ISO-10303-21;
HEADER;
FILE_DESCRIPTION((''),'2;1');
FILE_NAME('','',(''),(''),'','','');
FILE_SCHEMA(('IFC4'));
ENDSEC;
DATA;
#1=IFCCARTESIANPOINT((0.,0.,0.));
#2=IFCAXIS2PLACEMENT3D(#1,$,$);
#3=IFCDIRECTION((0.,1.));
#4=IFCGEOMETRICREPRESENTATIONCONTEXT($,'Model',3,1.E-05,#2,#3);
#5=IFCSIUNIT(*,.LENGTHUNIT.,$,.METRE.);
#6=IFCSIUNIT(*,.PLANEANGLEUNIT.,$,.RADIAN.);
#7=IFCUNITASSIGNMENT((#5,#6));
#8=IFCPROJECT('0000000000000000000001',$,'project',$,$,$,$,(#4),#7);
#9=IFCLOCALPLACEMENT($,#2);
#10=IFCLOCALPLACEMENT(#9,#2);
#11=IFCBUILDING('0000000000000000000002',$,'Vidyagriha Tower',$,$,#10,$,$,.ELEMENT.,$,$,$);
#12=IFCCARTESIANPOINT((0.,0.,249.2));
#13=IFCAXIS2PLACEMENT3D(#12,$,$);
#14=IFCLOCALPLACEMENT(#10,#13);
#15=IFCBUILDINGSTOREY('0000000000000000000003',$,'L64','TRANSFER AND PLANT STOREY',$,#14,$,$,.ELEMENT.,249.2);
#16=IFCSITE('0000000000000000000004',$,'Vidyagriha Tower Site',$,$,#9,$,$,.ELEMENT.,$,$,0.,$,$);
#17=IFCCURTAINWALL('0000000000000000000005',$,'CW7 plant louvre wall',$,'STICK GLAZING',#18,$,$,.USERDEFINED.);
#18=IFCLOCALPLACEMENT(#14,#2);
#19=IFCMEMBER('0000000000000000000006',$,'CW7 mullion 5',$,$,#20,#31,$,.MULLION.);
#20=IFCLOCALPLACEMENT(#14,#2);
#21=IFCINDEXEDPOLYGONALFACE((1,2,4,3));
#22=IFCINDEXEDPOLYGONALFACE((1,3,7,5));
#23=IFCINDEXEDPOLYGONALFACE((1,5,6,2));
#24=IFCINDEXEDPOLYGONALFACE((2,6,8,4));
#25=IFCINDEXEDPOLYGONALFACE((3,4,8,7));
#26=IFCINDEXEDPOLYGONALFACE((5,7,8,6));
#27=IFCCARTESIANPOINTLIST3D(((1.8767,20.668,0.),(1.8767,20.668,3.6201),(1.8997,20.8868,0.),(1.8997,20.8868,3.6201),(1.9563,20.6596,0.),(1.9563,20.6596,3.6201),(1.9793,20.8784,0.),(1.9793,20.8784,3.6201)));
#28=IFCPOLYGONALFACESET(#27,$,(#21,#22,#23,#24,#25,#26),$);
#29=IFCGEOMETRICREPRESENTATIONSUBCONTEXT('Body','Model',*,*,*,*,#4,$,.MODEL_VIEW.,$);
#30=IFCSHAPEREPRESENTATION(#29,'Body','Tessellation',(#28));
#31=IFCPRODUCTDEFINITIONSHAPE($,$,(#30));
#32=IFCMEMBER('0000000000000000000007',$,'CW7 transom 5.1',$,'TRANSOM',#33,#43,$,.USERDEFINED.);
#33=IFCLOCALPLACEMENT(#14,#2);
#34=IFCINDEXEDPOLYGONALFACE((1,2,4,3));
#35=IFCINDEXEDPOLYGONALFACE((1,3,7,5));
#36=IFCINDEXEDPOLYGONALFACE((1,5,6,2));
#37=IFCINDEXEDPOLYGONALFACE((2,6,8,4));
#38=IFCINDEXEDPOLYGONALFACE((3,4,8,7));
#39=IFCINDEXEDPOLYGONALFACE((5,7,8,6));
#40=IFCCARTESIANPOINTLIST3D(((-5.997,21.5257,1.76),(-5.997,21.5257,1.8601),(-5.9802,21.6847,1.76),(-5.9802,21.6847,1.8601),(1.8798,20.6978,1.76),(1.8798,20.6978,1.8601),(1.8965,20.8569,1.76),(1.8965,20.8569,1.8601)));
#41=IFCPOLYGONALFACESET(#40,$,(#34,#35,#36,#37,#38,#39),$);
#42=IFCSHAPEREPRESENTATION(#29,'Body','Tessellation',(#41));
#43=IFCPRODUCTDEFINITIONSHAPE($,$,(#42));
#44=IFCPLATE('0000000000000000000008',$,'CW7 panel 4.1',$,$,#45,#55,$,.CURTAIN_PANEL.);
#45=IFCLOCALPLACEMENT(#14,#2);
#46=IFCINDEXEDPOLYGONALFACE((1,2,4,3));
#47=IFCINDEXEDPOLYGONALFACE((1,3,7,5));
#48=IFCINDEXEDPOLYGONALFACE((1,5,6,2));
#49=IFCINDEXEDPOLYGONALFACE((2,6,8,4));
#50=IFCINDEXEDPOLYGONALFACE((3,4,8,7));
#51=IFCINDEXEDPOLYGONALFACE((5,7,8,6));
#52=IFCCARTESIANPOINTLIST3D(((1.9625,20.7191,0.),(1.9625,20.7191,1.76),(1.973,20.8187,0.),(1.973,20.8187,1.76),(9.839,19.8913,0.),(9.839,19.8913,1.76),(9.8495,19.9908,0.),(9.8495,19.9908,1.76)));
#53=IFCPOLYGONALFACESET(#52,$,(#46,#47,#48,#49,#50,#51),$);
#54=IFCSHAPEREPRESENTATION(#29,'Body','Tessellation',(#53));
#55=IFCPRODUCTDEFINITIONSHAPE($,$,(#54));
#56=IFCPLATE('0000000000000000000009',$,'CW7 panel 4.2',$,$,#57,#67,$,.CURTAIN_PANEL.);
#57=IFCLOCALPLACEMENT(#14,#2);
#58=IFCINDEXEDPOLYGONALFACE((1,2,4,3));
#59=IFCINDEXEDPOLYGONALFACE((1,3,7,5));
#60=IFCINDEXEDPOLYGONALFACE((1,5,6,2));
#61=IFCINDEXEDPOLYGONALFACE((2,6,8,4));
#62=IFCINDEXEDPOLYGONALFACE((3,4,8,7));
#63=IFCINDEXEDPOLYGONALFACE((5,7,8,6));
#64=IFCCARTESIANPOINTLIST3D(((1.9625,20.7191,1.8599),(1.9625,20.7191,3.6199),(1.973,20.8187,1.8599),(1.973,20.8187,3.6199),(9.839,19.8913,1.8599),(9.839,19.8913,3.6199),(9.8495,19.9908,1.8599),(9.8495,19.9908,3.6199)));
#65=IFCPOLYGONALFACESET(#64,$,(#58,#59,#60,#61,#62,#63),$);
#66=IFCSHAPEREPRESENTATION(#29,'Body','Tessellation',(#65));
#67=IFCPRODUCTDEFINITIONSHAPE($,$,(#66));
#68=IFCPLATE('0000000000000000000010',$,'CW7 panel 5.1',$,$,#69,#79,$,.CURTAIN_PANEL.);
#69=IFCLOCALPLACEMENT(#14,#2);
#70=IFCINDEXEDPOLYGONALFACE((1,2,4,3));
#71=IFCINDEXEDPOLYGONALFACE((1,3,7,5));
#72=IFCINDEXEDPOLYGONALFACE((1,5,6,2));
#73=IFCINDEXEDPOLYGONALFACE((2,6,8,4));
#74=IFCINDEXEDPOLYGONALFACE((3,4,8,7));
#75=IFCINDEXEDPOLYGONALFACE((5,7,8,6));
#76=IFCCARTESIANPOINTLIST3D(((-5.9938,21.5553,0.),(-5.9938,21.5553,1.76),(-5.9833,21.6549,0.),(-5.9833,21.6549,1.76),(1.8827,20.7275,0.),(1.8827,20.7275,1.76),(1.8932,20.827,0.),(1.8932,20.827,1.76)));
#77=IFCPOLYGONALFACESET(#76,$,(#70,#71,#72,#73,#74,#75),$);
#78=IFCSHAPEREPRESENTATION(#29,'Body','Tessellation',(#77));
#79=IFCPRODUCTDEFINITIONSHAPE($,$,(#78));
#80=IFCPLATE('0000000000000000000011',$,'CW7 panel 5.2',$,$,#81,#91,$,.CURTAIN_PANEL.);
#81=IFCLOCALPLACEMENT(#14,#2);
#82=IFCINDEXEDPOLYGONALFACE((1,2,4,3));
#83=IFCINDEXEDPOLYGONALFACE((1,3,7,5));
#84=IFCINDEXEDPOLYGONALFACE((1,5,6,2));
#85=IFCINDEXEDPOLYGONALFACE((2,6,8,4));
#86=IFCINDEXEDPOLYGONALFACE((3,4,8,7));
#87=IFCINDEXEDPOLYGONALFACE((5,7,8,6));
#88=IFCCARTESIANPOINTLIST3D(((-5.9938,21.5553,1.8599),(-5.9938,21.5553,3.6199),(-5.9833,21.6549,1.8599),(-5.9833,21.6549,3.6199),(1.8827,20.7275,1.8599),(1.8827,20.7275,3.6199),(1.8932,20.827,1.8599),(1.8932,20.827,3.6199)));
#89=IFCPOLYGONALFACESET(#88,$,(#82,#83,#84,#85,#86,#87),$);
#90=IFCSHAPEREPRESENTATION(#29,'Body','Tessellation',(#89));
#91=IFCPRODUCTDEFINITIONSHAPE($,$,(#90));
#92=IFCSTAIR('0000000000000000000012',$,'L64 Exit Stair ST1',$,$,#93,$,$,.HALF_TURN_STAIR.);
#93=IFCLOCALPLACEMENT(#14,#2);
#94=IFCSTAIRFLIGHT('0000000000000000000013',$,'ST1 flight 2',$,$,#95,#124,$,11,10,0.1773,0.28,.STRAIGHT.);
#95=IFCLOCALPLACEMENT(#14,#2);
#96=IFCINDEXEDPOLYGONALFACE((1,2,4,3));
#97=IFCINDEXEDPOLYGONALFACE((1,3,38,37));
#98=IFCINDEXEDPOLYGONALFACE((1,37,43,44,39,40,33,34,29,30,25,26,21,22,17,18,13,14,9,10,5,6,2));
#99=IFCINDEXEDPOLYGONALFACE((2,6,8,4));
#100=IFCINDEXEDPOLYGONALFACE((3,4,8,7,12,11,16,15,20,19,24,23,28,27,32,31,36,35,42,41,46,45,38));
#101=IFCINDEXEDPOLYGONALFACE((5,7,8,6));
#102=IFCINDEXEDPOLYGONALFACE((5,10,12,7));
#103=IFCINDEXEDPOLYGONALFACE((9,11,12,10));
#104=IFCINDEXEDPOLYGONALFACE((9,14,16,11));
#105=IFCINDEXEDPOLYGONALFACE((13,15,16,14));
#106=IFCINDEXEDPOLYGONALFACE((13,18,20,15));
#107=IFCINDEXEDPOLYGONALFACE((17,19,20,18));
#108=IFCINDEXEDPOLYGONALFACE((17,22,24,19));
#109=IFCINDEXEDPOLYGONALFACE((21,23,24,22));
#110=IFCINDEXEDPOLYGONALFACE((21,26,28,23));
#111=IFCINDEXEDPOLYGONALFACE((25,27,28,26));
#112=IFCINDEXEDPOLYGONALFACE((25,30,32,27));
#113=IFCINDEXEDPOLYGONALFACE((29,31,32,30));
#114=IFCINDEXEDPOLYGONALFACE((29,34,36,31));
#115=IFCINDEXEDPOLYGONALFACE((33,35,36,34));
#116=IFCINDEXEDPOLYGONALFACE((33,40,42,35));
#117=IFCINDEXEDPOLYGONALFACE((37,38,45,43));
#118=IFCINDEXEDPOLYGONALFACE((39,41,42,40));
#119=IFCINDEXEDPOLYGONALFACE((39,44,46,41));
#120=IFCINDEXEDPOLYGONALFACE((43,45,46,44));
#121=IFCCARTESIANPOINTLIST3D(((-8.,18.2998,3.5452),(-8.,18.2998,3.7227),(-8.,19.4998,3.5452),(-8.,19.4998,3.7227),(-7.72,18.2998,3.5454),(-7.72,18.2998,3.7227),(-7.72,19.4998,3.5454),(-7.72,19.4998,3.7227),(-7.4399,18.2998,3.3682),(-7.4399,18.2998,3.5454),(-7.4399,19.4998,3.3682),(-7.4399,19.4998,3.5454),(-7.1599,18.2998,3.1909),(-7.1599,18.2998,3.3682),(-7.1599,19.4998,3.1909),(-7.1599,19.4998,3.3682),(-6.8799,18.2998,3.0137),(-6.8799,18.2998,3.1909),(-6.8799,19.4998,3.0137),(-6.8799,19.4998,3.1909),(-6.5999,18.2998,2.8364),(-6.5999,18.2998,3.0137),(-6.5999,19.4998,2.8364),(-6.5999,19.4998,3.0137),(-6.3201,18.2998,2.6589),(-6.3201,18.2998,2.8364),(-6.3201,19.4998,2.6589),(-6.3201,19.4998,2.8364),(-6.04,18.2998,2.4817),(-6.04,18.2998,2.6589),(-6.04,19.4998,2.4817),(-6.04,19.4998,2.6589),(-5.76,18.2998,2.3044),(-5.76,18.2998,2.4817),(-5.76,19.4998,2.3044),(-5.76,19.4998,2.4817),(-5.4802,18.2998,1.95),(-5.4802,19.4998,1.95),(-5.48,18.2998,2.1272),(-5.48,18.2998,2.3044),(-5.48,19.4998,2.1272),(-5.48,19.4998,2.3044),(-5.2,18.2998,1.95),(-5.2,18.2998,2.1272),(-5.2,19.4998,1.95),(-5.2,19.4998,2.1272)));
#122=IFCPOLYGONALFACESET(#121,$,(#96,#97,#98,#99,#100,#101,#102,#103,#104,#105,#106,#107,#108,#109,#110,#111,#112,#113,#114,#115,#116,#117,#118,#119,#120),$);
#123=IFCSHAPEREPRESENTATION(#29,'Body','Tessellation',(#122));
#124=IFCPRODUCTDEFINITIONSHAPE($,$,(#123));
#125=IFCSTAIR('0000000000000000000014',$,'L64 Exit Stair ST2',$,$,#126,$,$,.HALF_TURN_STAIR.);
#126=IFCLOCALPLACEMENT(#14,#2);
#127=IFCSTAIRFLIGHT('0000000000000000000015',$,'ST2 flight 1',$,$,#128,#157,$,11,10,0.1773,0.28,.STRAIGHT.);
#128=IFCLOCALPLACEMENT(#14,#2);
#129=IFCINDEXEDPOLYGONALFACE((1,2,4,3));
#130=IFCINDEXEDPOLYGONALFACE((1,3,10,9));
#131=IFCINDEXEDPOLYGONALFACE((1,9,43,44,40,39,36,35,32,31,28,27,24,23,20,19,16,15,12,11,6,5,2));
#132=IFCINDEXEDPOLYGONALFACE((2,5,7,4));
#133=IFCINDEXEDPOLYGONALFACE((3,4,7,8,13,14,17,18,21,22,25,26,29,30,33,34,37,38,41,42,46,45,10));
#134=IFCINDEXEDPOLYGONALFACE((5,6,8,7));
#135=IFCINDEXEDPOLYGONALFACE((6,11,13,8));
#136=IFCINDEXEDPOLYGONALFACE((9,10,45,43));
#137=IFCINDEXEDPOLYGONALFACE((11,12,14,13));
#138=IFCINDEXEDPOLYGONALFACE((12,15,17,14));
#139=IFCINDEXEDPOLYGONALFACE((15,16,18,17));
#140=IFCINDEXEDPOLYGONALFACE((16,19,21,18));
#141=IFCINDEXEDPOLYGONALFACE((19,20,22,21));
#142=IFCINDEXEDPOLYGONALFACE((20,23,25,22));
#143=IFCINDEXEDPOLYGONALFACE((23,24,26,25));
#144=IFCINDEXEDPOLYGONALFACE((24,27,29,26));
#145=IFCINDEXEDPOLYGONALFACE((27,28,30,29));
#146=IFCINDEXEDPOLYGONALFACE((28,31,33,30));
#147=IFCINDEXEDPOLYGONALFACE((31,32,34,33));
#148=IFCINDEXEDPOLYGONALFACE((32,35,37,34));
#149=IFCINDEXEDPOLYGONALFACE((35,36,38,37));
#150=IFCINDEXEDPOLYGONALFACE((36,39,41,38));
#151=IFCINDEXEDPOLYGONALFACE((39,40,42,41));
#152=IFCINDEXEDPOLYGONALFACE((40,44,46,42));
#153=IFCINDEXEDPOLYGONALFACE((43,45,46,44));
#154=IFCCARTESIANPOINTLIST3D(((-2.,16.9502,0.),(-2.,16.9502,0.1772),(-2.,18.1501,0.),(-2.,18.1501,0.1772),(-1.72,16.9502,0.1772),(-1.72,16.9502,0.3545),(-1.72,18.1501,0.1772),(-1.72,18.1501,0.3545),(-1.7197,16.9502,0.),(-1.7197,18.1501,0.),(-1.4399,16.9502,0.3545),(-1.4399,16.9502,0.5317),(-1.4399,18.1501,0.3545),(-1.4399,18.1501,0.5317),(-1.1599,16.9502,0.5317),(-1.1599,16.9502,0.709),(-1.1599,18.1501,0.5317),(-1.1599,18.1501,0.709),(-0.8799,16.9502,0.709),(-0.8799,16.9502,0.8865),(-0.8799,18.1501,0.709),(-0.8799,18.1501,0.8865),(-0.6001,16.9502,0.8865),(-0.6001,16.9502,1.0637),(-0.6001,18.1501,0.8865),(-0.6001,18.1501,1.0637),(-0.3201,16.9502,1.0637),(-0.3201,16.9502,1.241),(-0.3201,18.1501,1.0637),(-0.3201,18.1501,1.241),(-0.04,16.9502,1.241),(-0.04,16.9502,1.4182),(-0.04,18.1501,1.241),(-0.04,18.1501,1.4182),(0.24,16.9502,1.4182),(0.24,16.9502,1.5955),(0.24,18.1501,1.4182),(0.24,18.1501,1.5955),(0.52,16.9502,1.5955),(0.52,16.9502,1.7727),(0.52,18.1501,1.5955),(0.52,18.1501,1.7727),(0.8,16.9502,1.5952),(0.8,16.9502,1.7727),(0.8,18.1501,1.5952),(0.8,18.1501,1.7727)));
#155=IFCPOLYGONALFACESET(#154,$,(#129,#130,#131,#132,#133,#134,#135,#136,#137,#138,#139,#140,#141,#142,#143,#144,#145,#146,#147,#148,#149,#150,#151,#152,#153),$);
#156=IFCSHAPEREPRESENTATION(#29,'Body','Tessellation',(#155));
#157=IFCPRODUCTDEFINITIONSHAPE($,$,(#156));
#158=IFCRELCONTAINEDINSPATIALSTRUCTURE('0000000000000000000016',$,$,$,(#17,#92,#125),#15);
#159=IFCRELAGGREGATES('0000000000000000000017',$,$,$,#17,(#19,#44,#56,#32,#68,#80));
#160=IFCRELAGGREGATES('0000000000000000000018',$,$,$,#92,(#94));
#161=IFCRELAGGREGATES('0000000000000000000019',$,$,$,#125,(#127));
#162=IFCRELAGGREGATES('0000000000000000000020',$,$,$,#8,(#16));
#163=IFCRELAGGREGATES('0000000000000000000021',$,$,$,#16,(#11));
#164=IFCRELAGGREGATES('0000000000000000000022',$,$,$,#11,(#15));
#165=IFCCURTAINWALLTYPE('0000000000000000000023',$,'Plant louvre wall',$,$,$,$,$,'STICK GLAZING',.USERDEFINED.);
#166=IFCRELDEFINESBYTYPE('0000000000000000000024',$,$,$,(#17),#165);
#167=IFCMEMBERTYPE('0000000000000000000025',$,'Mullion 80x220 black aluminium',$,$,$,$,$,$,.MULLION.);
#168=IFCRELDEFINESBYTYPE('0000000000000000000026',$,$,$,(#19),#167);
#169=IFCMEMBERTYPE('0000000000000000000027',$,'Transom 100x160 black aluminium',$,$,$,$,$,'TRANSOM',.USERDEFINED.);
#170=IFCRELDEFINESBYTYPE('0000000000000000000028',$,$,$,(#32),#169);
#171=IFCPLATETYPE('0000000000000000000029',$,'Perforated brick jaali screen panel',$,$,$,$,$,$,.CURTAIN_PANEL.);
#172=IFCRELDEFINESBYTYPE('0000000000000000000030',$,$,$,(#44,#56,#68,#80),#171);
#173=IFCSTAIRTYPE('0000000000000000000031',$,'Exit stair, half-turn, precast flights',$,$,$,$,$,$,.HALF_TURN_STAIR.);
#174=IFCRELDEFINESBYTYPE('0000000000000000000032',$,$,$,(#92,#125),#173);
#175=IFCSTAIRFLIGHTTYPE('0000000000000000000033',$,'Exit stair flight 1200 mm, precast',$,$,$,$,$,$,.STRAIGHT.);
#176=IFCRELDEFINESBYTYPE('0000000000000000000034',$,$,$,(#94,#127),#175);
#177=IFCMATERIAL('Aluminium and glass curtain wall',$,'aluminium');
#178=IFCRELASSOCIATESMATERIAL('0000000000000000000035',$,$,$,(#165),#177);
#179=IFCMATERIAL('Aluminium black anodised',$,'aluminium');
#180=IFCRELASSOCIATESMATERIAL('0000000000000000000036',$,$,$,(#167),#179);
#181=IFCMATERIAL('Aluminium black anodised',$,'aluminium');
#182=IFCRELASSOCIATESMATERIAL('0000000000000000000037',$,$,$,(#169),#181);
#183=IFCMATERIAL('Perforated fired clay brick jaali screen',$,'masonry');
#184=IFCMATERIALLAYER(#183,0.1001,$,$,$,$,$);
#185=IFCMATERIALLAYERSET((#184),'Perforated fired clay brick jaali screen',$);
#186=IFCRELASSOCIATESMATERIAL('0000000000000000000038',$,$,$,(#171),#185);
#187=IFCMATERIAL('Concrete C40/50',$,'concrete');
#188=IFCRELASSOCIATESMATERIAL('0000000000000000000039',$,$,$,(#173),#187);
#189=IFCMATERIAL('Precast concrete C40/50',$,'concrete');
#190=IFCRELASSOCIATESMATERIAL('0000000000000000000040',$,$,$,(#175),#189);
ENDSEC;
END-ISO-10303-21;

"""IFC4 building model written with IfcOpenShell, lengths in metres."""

from ifc_helpers import new_model, si_unit, direction, frame, origin, origin_2d, place, context, subcontext, project, spatial, polyline, rectangle, outline, extrude, material, layer, layer_set, material_profile, profile_set, type_object, element, aggregate, save


model = new_model("IFC4")

# Units and contexts
model_context = context("Model", 3, precision=1e-05, world=origin(), true_north=direction((0.0, 1.0)))
body_context = subcontext(model_context, "Body", "Model", "MODEL_VIEW")
ifc_project = project(units=[si_unit("LENGTHUNIT", "METRE"), si_unit("PLANEANGLEUNIT", "RADIAN")], contexts=[model_context])

# Site, building, storey
site_placement = place(None, origin())
site = spatial("IfcSite", under=ifc_project, at=site_placement, Name="Vidyagriha Tower Site", CompositionType="ELEMENT", RefElevation=0.0)
building_placement = place(site_placement, origin())
building = spatial("IfcBuilding", under=site, at=building_placement, Name="Vidyagriha Tower", CompositionType="ELEMENT")
storey_placement = place(building_placement, frame((0.0, 0.0, 249.2)))
storey = spatial("IfcBuildingStorey", under=building, at=storey_placement, Name="L64", Description="TRANSFER AND PLANT STOREY", CompositionType="ELEMENT", Elevation=249.2)

# Curtain wall, members, plates
ifc_material_1 = material(Name="Aluminium and glass curtain wall", Category="aluminium")
curtain_wall_type = type_object("IfcCurtainWallType", Name="Plant louvre wall", ElementType="STICK GLAZING", PredefinedType="USERDEFINED", material=ifc_material_1)
curtain_wall_placement = place(storey_placement, origin())
curtain_wall = element("IfcCurtainWall", 1, at=curtain_wall_placement, inside=storey, type_object=curtain_wall_type, Name="CW7 plant louvre wall", ObjectType="STICK GLAZING", PredefinedType="USERDEFINED")
ifc_material_2 = material(Name="Aluminium black anodised", Category="aluminium")
ifc_material_profile_1 = material_profile(ifc_material_2, rectangle(XDim=0.22, YDim=0.0801, at=origin_2d()), Name="Mullion 80x220 black aluminium")
ifc_profile_set_1 = profile_set([ifc_material_profile_1], Name="Aluminium black anodised")
member_type_1 = type_object("IfcMemberType", Name="Mullion 80x220 black aluminium", PredefinedType="MULLION", material=ifc_profile_set_1)
member_1_placement = place(storey_placement, frame((1.928, 20.7732, 0.0), z_axis=(0.0, 0.0, 1.0), x_axis=(-0.104529, -0.994522, 0.0)))
member_1 = element("IfcMember", 2, at=member_1_placement, type_object=member_type_1, Name="CW7 mullion 5", PredefinedType="MULLION", context=body_context, shape_type="SweptSolid", body=[
    extrude(rectangle(XDim=0.22, YDim=0.0801, at=origin_2d()), origin(), (0.0, 0.0, 1.0), 3.6201),
])
ifc_material_3 = material(Name="Aluminium black anodised", Category="aluminium")
ifc_material_profile_2 = material_profile(ifc_material_3, rectangle(XDim=0.1599, YDim=0.1001, at=origin_2d()), Name="Transom 100x160 black aluminium")
ifc_profile_set_2 = profile_set([ifc_material_profile_2], Name="Aluminium black anodised")
member_type_2 = type_object("IfcMemberType", Name="Transom 100x160 black aluminium", ElementType="TRANSOM", PredefinedType="USERDEFINED", material=ifc_profile_set_2)
member_2_placement = place(storey_placement, frame((1.8882, 20.7773, 1.8101), z_axis=(-0.994522, 0.104529, 0.0), x_axis=(-0.104529, -0.994522, 0.0)))
member_2 = element("IfcMember", 3, at=member_2_placement, type_object=member_type_2, Name="CW7 transom 5.1", ObjectType="TRANSOM", PredefinedType="USERDEFINED", context=body_context, shape_type="SweptSolid", body=[
    extrude(rectangle(XDim=0.1599, YDim=0.1001, at=origin_2d()), origin(), (0.0, 0.0, 1.0), 7.9202),
])
ifc_material_4 = material(Name="Perforated fired clay brick jaali screen", Category="masonry")
ifc_layer = layer(ifc_material_4, 0.1001)
ifc_layer_set = layer_set([ifc_layer], Name="Perforated fired clay brick jaali screen")
plate_type = type_object("IfcPlateType", Name="Perforated brick jaali screen panel", PredefinedType="CURTAIN_PANEL", material=ifc_layer_set)
plate_1_placement = place(storey_placement, frame((5.906, 20.355, 0.0), z_axis=(0.0, 0.0, 1.0), x_axis=(-0.994522, 0.104529, 0.0)))
plate_1 = element("IfcPlate", 4, at=plate_1_placement, type_object=plate_type, Name="CW7 panel 4.1", PredefinedType="CURTAIN_PANEL", context=body_context, shape_type="SweptSolid", body=[
    extrude(rectangle(XDim=7.9199, YDim=0.1001, at=origin_2d()), origin(), (0.0, 0.0, 1.0), 1.76),
])
plate_2_placement = place(storey_placement, frame((5.906, 20.355, 1.8599), z_axis=(0.0, 0.0, 1.0), x_axis=(-0.994522, 0.104529, 0.0)))
plate_2 = element("IfcPlate", 5, at=plate_2_placement, type_object=plate_type, Name="CW7 panel 4.2", PredefinedType="CURTAIN_PANEL", context=body_context, shape_type="SweptSolid", body=[
    extrude(rectangle(XDim=7.9199, YDim=0.1001, at=origin_2d()), origin(), (0.0, 0.0, 1.0), 1.76),
])
plate_3_placement = place(storey_placement, frame((-2.0503, 21.1912, 0.0), z_axis=(0.0, 0.0, 1.0), x_axis=(-0.994522, 0.104529, 0.0)))
plate_3 = element("IfcPlate", 6, at=plate_3_placement, type_object=plate_type, Name="CW7 panel 5.1", PredefinedType="CURTAIN_PANEL", context=body_context, shape_type="SweptSolid", body=[
    extrude(rectangle(XDim=7.9199, YDim=0.1001, at=origin_2d()), origin(), (0.0, 0.0, 1.0), 1.76),
])
plate_4_placement = place(storey_placement, frame((-2.0503, 21.1912, 1.8599), z_axis=(0.0, 0.0, 1.0), x_axis=(-0.994522, 0.104529, 0.0)))
plate_4 = element("IfcPlate", 7, at=plate_4_placement, type_object=plate_type, Name="CW7 panel 5.2", PredefinedType="CURTAIN_PANEL", context=body_context, shape_type="SweptSolid", body=[
    extrude(rectangle(XDim=7.9199, YDim=0.1001, at=origin_2d()), origin(), (0.0, 0.0, 1.0), 1.76),
])
aggregate(curtain_wall, [member_1, plate_1, plate_2, member_2, plate_3, plate_4])

# Stair, stair flight
ifc_material_5 = material(Name="Concrete C40/50", Category="concrete")
stair_type = type_object("IfcStairType", Name="Exit stair, half-turn, precast flights", PredefinedType="HALF_TURN_STAIR", material=ifc_material_5)
stair_1_placement = place(storey_placement, origin())
stair_1 = element("IfcStair", 8, at=stair_1_placement, inside=storey, type_object=stair_type, Name="L64 Exit Stair ST1", PredefinedType="HALF_TURN_STAIR")
ifc_material_6 = material(Name="Precast concrete C40/50", Category="concrete")
stair_flight_type = type_object("IfcStairFlightType", Name="Exit stair flight 1200 mm, precast", PredefinedType="STRAIGHT", material=ifc_material_6)
stair_flight_1_placement = place(storey_placement, frame((-5.2, 18.8999, 1.95), z_axis=(0.0, 0.0, 1.0), x_axis=(-1.0, 0.0, 0.0)))
stair_flight_1 = element("IfcStairFlight", 9, at=stair_flight_1_placement, type_object=stair_flight_type, Name="ST1 flight 2", NumberOfRisers=11, NumberOfTreads=10, PredefinedType="STRAIGHT", RiserHeight=0.1773, TreadLength=0.28, context=body_context, shape_type="SweptSolid", body=[
    extrude(outline(polyline([(0.0, 0.0), (0.0, 0.1772), (0.28, 0.1772), (0.28, 0.3545), (0.5601, 0.3545), (0.5601, 0.5317), (0.8401, 0.5317), (0.8401, 0.709), (1.1201, 0.709), (1.1201, 0.8865), (1.3999, 0.8865), (1.3999, 1.0637), (1.6799, 1.0637), (1.6799, 1.241), (1.96, 1.241), (1.96, 1.4182), (2.24, 1.4182), (2.24, 1.5955), (2.52, 1.5955), (2.52, 1.7727), (2.8, 1.7727), (2.8, 1.95), (2.8, 1.5952), (0.2803, 0.0), (0.0, 0.0)])), frame((0.0, 0.6001, 0.0), z_axis=(0.0, -1.0, 0.0), x_axis=(1.0, 0.0, 0.0)), (0.0, 0.0, 1.0), 1.2),
])
aggregate(stair_1, [stair_flight_1])

# Stair, stair flight
stair_2_placement = place(storey_placement, origin())
stair_2 = element("IfcStair", 10, at=stair_2_placement, inside=storey, type_object=stair_type, Name="L64 Exit Stair ST2", PredefinedType="HALF_TURN_STAIR")
stair_flight_2_placement = place(storey_placement, frame((-2.0, 17.55, 0.0)))
stair_flight_2 = element("IfcStairFlight", 11, at=stair_flight_2_placement, type_object=stair_flight_type, Name="ST2 flight 1", NumberOfRisers=11, NumberOfTreads=10, PredefinedType="STRAIGHT", RiserHeight=0.1773, TreadLength=0.28, context=body_context, shape_type="SweptSolid", body=[
    extrude(outline(polyline([(0.0, 0.0), (0.0, 0.1772), (0.28, 0.1772), (0.28, 0.3545), (0.5601, 0.3545), (0.5601, 0.5317), (0.8401, 0.5317), (0.8401, 0.709), (1.1201, 0.709), (1.1201, 0.8865), (1.3999, 0.8865), (1.3999, 1.0637), (1.6799, 1.0637), (1.6799, 1.241), (1.96, 1.241), (1.96, 1.4182), (2.24, 1.4182), (2.24, 1.5955), (2.52, 1.5955), (2.52, 1.7727), (2.8, 1.7727), (2.8, 1.95), (2.8, 1.5952), (0.2803, 0.0), (0.0, 0.0)])), frame((0.0, 0.6001, 0.0), z_axis=(0.0, -1.0, 0.0), x_axis=(1.0, 0.0, 0.0)), (0.0, 0.0, 1.0), 1.2),
])
aggregate(stair_2, [stair_flight_2])

save(model, "model.ifc")
